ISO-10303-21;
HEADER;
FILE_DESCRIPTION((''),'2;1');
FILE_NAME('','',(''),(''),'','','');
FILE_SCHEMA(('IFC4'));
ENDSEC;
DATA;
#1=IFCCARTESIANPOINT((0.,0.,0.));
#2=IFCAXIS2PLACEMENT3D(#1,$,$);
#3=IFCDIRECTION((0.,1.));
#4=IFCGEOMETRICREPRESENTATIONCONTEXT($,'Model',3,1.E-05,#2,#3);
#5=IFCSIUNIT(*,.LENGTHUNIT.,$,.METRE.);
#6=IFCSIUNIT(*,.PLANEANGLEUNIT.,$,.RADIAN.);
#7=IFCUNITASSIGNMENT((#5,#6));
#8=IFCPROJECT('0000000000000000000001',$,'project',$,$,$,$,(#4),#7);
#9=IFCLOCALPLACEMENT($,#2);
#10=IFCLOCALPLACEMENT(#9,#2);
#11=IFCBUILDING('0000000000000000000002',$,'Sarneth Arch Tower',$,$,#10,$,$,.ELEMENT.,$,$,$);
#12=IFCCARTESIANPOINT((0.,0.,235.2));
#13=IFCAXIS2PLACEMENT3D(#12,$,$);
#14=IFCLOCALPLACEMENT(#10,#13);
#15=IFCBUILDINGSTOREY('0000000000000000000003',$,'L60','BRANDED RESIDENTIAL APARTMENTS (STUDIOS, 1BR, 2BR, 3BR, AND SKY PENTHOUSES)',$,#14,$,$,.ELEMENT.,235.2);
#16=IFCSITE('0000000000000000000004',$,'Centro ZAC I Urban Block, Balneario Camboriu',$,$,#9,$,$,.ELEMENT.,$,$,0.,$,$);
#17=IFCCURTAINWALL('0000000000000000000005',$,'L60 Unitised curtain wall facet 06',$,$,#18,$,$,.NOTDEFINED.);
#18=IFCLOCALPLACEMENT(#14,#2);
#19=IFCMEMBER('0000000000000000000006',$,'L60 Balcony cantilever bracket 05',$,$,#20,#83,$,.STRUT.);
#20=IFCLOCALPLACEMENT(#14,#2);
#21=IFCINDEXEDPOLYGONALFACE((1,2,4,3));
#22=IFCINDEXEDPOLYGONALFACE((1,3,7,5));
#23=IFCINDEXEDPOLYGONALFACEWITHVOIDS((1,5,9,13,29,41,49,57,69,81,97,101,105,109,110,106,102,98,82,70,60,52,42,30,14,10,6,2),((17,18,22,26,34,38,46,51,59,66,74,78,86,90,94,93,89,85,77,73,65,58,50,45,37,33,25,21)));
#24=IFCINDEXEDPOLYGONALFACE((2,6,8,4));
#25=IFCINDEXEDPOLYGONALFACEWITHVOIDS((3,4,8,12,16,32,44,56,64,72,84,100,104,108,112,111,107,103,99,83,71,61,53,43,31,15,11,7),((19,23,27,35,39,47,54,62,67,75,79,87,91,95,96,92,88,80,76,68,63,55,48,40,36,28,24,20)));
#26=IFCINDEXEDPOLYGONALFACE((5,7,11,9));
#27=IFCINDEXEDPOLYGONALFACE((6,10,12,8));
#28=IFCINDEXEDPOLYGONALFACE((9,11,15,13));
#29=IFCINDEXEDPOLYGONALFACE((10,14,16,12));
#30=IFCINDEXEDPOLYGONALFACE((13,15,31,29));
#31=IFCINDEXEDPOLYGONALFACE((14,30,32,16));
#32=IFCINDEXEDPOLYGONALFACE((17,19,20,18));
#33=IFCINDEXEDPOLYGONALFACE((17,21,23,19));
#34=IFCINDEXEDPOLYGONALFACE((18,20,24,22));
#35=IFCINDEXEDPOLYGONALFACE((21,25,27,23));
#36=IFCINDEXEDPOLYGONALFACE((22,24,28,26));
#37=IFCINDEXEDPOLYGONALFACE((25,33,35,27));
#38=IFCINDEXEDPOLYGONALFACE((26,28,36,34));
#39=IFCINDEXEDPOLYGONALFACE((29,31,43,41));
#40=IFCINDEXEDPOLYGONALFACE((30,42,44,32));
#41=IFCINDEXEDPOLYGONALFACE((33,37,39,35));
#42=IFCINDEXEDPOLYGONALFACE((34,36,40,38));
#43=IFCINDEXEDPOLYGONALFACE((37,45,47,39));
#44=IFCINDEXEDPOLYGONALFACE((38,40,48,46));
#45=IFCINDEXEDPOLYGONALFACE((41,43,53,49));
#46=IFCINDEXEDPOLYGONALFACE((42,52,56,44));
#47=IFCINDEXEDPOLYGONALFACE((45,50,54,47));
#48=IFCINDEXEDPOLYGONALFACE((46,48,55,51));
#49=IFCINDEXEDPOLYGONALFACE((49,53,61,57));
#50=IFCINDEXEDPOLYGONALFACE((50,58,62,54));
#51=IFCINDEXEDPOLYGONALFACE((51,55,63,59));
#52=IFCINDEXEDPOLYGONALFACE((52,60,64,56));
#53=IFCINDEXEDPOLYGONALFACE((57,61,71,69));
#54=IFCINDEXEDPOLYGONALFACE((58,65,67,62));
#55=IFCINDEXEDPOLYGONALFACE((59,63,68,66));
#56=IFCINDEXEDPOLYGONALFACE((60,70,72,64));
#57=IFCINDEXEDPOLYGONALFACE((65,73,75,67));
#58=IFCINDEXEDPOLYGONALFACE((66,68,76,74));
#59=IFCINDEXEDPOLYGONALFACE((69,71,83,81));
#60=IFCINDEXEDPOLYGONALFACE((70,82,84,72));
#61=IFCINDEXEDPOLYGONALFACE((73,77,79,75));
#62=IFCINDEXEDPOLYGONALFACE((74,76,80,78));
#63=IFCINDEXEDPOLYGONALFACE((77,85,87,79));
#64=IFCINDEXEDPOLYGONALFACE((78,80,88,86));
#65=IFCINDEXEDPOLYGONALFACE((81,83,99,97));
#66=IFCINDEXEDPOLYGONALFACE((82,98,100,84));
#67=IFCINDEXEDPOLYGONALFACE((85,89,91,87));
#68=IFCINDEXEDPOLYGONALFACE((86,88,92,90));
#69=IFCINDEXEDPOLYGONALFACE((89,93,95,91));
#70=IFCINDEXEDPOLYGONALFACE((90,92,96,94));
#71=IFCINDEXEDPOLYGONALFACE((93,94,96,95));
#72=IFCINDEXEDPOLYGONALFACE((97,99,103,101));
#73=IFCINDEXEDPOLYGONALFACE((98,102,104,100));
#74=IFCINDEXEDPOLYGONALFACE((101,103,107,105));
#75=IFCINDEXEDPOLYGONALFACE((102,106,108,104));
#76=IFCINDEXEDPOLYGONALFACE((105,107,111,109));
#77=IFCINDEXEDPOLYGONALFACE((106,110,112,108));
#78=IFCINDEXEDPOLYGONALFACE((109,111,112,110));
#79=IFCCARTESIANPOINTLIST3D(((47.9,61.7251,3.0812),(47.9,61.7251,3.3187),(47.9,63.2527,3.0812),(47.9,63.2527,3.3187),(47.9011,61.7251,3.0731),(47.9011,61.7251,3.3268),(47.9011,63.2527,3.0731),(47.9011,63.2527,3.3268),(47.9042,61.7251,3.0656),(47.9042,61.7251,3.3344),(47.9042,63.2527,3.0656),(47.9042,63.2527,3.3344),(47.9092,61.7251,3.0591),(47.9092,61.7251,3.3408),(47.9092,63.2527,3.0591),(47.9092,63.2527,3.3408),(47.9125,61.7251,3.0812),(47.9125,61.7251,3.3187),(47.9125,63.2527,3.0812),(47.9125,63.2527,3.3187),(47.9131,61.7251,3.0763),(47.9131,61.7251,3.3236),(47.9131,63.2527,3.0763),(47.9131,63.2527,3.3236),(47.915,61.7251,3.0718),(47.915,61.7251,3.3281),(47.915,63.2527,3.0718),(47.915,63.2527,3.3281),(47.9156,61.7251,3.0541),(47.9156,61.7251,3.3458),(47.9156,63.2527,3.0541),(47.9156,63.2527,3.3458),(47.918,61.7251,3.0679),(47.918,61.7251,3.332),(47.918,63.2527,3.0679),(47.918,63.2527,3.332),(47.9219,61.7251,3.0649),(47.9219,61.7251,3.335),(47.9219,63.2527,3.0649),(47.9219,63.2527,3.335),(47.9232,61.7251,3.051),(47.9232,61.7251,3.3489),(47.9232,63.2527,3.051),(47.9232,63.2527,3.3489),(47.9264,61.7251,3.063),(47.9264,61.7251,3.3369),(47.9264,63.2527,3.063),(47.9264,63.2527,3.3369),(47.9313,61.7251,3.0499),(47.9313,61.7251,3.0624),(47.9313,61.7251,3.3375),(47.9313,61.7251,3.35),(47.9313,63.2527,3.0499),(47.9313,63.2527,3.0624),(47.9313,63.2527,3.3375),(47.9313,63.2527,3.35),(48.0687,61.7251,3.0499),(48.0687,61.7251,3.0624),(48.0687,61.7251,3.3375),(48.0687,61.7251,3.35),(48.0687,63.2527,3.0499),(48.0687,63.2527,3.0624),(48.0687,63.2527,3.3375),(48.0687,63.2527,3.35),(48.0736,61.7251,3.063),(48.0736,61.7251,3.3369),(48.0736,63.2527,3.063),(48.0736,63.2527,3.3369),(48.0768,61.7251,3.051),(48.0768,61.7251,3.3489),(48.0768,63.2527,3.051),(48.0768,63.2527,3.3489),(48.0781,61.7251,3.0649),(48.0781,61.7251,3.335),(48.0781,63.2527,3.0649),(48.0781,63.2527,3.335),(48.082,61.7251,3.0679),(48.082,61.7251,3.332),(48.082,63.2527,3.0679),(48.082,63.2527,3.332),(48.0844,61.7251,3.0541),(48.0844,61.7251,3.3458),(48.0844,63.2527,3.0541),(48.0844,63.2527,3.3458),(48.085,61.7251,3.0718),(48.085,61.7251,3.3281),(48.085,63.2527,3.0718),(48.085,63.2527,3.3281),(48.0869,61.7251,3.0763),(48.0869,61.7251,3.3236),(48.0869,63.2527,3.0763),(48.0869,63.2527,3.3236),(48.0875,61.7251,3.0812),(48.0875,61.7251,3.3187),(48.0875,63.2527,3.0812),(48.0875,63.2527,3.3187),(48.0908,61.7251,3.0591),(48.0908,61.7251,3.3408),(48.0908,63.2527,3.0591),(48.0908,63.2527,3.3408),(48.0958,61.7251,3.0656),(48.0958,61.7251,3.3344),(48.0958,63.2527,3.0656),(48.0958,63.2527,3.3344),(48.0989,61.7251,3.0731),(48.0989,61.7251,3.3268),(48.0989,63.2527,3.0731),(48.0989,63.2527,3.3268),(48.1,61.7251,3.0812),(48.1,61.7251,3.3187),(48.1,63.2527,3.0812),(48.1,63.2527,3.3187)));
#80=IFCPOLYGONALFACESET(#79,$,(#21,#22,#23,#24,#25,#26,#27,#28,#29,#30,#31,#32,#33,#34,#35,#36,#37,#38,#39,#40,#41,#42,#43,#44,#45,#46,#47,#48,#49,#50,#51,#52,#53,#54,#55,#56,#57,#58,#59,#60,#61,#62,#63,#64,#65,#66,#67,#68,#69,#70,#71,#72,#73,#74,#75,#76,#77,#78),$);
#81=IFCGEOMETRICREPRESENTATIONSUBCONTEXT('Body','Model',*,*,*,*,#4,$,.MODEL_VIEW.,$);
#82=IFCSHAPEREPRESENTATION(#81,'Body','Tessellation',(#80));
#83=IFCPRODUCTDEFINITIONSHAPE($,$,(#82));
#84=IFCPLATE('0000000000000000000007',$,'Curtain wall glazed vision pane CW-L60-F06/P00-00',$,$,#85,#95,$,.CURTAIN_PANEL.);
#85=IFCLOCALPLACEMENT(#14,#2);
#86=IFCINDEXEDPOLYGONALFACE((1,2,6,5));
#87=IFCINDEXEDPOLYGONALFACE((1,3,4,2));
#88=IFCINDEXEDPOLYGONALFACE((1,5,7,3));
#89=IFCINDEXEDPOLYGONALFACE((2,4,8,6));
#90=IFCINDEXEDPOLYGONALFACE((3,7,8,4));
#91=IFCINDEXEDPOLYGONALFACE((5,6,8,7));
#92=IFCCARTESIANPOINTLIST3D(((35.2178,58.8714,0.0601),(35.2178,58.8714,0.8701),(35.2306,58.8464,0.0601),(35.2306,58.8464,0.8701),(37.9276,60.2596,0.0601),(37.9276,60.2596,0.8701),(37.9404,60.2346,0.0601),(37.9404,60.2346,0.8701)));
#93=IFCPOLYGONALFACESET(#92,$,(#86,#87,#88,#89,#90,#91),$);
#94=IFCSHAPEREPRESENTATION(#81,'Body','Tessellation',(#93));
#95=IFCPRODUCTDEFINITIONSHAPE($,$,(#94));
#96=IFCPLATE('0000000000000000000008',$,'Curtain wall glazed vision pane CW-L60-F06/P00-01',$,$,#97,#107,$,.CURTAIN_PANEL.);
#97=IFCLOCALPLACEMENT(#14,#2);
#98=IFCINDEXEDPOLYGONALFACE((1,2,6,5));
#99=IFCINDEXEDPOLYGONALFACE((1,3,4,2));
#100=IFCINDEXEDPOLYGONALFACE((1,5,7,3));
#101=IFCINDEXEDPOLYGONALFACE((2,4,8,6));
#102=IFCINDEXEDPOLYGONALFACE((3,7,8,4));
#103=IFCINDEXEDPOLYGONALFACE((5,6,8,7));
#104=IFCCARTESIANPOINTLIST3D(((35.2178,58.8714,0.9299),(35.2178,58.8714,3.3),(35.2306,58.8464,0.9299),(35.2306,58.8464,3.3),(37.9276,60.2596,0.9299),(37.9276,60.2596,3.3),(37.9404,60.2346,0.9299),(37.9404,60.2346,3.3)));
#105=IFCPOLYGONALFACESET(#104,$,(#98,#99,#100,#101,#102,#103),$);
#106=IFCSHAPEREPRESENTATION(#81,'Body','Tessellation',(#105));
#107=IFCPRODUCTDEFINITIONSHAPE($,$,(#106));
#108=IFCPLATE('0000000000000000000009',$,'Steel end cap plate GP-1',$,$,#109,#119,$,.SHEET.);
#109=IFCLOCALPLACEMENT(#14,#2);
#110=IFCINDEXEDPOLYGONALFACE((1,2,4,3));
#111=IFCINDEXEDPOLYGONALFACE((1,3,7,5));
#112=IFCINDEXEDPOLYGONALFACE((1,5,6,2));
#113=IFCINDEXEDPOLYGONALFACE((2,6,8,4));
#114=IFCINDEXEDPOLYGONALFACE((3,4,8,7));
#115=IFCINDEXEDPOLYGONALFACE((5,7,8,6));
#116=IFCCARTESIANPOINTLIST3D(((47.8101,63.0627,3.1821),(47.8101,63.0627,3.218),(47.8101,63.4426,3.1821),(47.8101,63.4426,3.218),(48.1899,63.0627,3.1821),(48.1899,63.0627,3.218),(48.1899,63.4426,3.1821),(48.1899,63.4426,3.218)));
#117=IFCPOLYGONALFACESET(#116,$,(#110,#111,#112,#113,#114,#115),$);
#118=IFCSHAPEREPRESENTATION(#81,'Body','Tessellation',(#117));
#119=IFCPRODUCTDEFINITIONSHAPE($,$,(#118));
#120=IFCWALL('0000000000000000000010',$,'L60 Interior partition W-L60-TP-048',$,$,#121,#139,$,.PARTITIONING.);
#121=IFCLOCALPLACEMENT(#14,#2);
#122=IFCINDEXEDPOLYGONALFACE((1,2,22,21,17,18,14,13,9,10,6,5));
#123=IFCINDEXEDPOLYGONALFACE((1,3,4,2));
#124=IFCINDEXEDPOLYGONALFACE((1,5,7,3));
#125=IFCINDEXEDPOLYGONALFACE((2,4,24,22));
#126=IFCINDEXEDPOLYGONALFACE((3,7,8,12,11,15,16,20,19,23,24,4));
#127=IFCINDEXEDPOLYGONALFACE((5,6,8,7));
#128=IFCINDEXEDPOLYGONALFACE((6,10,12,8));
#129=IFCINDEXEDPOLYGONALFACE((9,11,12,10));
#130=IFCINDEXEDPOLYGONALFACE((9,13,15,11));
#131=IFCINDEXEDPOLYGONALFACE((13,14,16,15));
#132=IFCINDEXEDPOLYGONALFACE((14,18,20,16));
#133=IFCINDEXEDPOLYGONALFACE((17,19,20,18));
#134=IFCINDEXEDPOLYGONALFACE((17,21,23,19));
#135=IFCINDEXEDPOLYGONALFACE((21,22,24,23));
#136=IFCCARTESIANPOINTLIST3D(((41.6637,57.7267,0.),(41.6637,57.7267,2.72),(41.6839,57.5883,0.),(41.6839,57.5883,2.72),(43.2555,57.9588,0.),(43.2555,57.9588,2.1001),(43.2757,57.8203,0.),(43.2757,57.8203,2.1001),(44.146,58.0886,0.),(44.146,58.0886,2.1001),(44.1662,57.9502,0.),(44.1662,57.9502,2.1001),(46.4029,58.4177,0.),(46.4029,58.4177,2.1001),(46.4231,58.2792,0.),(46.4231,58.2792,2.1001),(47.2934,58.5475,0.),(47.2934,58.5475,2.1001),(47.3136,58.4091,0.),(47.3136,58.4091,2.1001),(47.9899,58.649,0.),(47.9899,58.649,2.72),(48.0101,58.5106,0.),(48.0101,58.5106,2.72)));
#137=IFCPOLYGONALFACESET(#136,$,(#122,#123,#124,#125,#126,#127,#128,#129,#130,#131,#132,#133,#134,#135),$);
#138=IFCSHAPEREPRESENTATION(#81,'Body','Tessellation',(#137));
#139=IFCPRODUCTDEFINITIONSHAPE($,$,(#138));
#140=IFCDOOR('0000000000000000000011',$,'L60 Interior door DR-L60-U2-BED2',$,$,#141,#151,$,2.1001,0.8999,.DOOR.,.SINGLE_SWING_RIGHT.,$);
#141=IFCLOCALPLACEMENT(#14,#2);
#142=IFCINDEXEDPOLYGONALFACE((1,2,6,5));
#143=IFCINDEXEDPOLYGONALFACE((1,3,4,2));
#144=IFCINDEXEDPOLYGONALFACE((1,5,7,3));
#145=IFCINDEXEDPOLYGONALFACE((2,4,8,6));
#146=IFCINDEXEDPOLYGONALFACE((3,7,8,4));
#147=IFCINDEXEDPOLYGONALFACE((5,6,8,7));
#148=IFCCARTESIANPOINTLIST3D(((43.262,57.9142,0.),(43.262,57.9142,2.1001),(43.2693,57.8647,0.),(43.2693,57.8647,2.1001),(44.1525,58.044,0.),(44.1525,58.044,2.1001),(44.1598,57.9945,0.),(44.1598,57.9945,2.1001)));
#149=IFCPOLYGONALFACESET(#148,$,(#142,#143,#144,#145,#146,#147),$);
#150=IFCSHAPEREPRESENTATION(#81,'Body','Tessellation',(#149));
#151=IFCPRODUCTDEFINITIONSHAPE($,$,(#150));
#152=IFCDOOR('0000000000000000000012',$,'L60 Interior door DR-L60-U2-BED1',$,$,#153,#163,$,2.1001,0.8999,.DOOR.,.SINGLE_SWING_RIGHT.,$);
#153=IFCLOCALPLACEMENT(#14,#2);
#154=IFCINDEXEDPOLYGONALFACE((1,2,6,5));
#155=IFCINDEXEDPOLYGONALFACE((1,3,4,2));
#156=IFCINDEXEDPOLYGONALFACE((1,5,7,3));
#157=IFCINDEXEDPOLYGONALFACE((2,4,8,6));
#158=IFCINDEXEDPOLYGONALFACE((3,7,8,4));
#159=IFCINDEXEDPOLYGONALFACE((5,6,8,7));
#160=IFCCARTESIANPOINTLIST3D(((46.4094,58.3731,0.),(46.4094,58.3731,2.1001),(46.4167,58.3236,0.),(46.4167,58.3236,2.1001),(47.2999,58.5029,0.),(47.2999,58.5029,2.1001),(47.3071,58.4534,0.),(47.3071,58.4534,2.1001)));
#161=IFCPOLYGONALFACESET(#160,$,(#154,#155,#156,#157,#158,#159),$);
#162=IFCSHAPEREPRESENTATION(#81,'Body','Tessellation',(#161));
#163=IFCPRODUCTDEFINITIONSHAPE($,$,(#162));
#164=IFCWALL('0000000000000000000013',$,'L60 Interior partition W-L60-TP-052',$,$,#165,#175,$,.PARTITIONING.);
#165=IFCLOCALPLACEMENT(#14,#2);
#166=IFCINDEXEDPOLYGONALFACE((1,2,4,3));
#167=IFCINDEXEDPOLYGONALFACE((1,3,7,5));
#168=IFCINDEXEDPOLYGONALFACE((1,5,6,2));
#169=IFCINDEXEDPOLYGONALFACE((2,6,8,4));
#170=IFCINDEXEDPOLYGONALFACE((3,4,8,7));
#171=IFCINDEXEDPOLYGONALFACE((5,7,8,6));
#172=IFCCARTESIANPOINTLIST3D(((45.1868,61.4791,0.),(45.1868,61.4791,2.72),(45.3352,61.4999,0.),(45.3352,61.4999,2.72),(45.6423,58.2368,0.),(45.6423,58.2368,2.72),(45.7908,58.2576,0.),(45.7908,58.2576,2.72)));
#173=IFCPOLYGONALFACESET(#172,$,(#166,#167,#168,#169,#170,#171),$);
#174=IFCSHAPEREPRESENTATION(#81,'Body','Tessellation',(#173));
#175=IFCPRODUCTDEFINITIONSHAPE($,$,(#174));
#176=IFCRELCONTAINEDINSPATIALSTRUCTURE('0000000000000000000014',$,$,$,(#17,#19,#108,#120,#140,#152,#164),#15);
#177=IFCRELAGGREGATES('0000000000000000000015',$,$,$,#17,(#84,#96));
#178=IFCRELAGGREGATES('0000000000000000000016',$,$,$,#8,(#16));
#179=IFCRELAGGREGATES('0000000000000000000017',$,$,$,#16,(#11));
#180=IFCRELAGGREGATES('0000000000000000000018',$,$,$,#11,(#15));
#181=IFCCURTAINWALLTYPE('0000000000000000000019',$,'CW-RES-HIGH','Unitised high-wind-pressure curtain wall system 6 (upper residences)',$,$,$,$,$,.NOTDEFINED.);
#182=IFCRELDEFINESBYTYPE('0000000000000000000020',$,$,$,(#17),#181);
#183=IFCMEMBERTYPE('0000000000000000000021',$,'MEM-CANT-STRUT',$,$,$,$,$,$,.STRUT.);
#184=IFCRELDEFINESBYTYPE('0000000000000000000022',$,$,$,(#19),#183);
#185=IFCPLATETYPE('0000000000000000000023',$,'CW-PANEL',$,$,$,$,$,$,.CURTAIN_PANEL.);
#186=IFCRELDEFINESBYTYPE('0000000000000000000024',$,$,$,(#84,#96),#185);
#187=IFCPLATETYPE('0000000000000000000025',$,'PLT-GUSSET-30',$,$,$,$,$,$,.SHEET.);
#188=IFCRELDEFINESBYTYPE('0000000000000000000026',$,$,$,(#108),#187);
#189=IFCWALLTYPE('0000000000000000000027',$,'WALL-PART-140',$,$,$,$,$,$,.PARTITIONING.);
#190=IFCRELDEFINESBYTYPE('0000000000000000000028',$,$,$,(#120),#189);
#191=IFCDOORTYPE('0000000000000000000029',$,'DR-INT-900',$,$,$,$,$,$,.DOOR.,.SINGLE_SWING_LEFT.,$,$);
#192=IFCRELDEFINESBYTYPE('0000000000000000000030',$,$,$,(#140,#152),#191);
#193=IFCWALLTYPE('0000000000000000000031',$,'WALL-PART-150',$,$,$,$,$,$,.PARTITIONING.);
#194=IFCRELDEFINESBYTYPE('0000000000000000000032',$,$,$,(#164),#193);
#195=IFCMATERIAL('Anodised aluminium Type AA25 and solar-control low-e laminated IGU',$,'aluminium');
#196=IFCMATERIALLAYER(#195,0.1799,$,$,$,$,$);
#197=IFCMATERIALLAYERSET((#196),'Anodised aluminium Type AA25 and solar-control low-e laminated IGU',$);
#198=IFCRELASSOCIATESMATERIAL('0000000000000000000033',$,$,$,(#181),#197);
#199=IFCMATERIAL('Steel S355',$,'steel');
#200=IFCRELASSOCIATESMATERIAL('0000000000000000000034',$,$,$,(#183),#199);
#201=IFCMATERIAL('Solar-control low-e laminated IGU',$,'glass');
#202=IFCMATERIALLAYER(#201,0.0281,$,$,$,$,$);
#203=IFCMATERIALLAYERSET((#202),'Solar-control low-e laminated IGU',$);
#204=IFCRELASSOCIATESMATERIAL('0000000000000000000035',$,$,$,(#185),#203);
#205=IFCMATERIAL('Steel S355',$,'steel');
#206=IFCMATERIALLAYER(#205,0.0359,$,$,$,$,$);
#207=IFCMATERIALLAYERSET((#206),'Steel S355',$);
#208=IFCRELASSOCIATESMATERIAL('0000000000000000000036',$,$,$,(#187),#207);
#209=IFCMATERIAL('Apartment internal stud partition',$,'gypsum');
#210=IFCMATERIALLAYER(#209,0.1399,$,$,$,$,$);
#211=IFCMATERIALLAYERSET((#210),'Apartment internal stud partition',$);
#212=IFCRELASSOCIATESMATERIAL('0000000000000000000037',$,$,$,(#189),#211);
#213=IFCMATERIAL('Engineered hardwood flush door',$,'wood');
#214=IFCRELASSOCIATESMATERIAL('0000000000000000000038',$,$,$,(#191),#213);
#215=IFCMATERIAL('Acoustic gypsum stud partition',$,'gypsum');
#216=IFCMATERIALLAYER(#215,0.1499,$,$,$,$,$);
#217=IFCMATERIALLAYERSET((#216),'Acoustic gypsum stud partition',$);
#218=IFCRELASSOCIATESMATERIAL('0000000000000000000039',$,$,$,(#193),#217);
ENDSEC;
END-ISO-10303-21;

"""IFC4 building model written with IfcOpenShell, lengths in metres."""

from ifc_helpers import new_model, si_unit, direction, frame, frame_2d, origin, origin_2d, place, context, subcontext, project, spatial, rectangle, hollow_rectangle, extrude, material, layer, layer_set, material_profile, profile_set, type_object, element, fill, aggregate, save


model = new_model("IFC4")

# Units and contexts
model_context = context("Model", 3, precision=1e-05, world=origin(), true_north=direction((0.0, 1.0)))
body_context = subcontext(model_context, "Body", "Model", "MODEL_VIEW")
ifc_project = project(units=[si_unit("LENGTHUNIT", "METRE"), si_unit("PLANEANGLEUNIT", "RADIAN")], contexts=[model_context])

# Site, building, storey
site_placement = place(None, origin())
site = spatial("IfcSite", under=ifc_project, at=site_placement, Name="Centro ZAC I Urban Block, Balneario Camboriu", CompositionType="ELEMENT", RefElevation=0.0)
building_placement = place(site_placement, origin())
building = spatial("IfcBuilding", under=site, at=building_placement, Name="Sarneth Arch Tower", CompositionType="ELEMENT")
storey_placement = place(building_placement, frame((0.0, 0.0, 235.2)))
storey = spatial("IfcBuildingStorey", under=building, at=storey_placement, Name="L60", Description="BRANDED RESIDENTIAL APARTMENTS (STUDIOS, 1BR, 2BR, 3BR, AND SKY PENTHOUSES)", CompositionType="ELEMENT", Elevation=235.2)

# Curtain wall
ifc_material_1 = material(Name="Anodised aluminium Type AA25 and solar-control low-e laminated IGU", Category="aluminium")
ifc_layer_1 = layer(ifc_material_1, 0.1799)
ifc_layer_set_1 = layer_set([ifc_layer_1], Name="Anodised aluminium Type AA25 and solar-control low-e laminated IGU")
curtain_wall_type = type_object("IfcCurtainWallType", Name="CW-RES-HIGH", Description="Unitised high-wind-pressure curtain wall system 6 (upper residences)", PredefinedType="NOTDEFINED", material=ifc_layer_set_1)
curtain_wall_placement = place(storey_placement, origin())
curtain_wall = element("IfcCurtainWall", 1, at=curtain_wall_placement, inside=storey, type_object=curtain_wall_type, Name="L60 Unitised curtain wall facet 06", PredefinedType="NOTDEFINED")

# Member
ifc_material_2 = material(Name="Steel S355", Category="steel")
ifc_material_profile_1 = material_profile(ifc_material_2, hollow_rectangle(XDim=0.2, YDim=0.3, WallThickness=0.0125, InnerFilletRadius=0.0188, OuterFilletRadius=0.0312, at=origin_2d()), Name="RHS300x200x12.5")
ifc_profile_set_1 = profile_set([ifc_material_profile_1], Name="Steel S355")
member_type_1 = type_object("IfcMemberType", Name="MEM-CANT-STRUT", PredefinedType="STRUT", material=ifc_profile_set_1)
member_1_placement = place(storey_placement, frame((48.0, 61.7251, 3.2), z_axis=(0.0, 1.0, 0.0), x_axis=(-1.0, 0.0, 0.0)))
element("IfcMember", 2, at=member_1_placement, inside=storey, type_object=member_type_1, Name="L60 Balcony cantilever bracket 05", PredefinedType="STRUT", context=body_context, shape_type="SweptSolid", body=[
    extrude(hollow_rectangle(XDim=0.2, YDim=0.3, WallThickness=0.0125, InnerFilletRadius=0.0188, OuterFilletRadius=0.0312, at=origin_2d()), origin(), (0.0, 0.0, 1.0), 1.5276),
])

# Plates
ifc_material_3 = material(Name="Solar-control low-e laminated IGU", Category="glass")
ifc_layer_2 = layer(ifc_material_3, 0.0281)
ifc_layer_set_2 = layer_set([ifc_layer_2], Name="Solar-control low-e laminated IGU")
plate_type_1 = type_object("IfcPlateType", Name="CW-PANEL", PredefinedType="CURTAIN_PANEL", material=ifc_layer_set_2)
plate_1_placement = place(storey_placement, frame((36.5791, 59.553, 0.0601), z_axis=(0.0, 0.0, 1.0), x_axis=(-0.89001, -0.455942, 0.0)))
plate_1 = element("IfcPlate", 3, at=plate_1_placement, type_object=plate_type_1, Name="Curtain wall glazed vision pane CW-L60-F06/P00-00", PredefinedType="CURTAIN_PANEL", context=body_context, shape_type="SweptSolid", body=[
    extrude(rectangle(XDim=3.0447, YDim=0.0281, at=origin_2d()), origin(), (0.0, 0.0, 1.0), 0.8101),
])
plate_2_placement = place(storey_placement, frame((36.5791, 59.553, 0.9299), z_axis=(0.0, 0.0, 1.0), x_axis=(-0.89001, -0.455942, 0.0)))
plate_2 = element("IfcPlate", 4, at=plate_2_placement, type_object=plate_type_1, Name="Curtain wall glazed vision pane CW-L60-F06/P00-01", PredefinedType="CURTAIN_PANEL", context=body_context, shape_type="SweptSolid", body=[
    extrude(rectangle(XDim=3.0447, YDim=0.0281, at=origin_2d()), origin(), (0.0, 0.0, 1.0), 2.3701),
])
aggregate(curtain_wall, [plate_1, plate_2])
ifc_material_4 = material(Name="Steel S355", Category="steel")
ifc_layer_3 = layer(ifc_material_4, 0.0359)
ifc_layer_set_3 = layer_set([ifc_layer_3], Name="Steel S355")
plate_type_2 = type_object("IfcPlateType", Name="PLT-GUSSET-30", PredefinedType="SHEET", material=ifc_layer_set_3)
plate_3_placement = place(storey_placement, frame((48.0, 63.2527, 3.1821), z_axis=(0.0, 0.0, 1.0), x_axis=(0.0, 1.0, 0.0)))
element("IfcPlate", 5, at=plate_3_placement, inside=storey, type_object=plate_type_2, Name="Steel end cap plate GP-1", PredefinedType="SHEET", context=body_context, shape_type="SweptSolid", body=[
    extrude(rectangle(XDim=0.3799, YDim=0.3799, at=origin_2d()), origin(), (0.0, 0.0, 1.0), 0.0359),
])

# Wall, openings, doors
ifc_material_5 = material(Name="Apartment internal stud partition", Category="gypsum")
ifc_layer_4 = layer(ifc_material_5, 0.1399)
ifc_layer_set_4 = layer_set([ifc_layer_4], Name="Apartment internal stud partition")
wall_type_1 = type_object("IfcWallType", Name="WALL-PART-140", PredefinedType="PARTITIONING", material=ifc_layer_set_4)
wall_1_placement = place(storey_placement, frame((41.6738, 57.6575, 0.0), z_axis=(0.0, 0.0, 1.0), x_axis=(0.989538, 0.144276, 0.0)))
wall_1 = element("IfcWall", 6, at=wall_1_placement, inside=storey, type_object=wall_type_1, Name="L60 Interior partition W-L60-TP-048", PredefinedType="PARTITIONING", context=body_context, shape_type="SweptSolid", body=[
    extrude(rectangle(XDim=6.3931, YDim=0.1399, at=frame_2d((3.1965, 0.0))), origin(), (0.0, 0.0, 1.0), 2.72),
])
opening_1_placement = place(wall_1_placement, frame((1.6086, 0.0, 0.0)))
opening_1 = element("IfcOpeningElement", 7, at=opening_1_placement, cuts=wall_1, PredefinedType="OPENING", context=body_context, shape_type="SweptSolid", body=[
    extrude(rectangle(XDim=0.8999, YDim=2.1001, at=frame_2d((0.45, 1.05))), frame((0.0, 0.0798, 0.0), z_axis=(0.0, -1.0, 0.0), x_axis=(1.0, 0.0, 0.0)), (0.0, 0.0, 1.0), 0.1599),
])
opening_2_placement = place(wall_1_placement, frame((4.7893, 0.0, 0.0)))
opening_2 = element("IfcOpeningElement", 8, at=opening_2_placement, cuts=wall_1, PredefinedType="OPENING", context=body_context, shape_type="SweptSolid", body=[
    extrude(rectangle(XDim=0.8999, YDim=2.1001, at=frame_2d((0.45, 1.05))), frame((0.0, 0.0798, 0.0), z_axis=(0.0, -1.0, 0.0), x_axis=(1.0, 0.0, 0.0)), (0.0, 0.0, 1.0), 0.1599),
])
ifc_material_6 = material(Name="Engineered hardwood flush door", Category="wood")
door_type = type_object("IfcDoorType", Name="DR-INT-900", OperationType="SINGLE_SWING_LEFT", PredefinedType="DOOR", material=ifc_material_6)
door_1_placement = place(opening_1_placement, origin())
door_1 = element("IfcDoor", 9, at=door_1_placement, inside=storey, type_object=door_type, Name="L60 Interior door DR-L60-U2-BED2", OperationType="SINGLE_SWING_RIGHT", OverallHeight=2.1001, OverallWidth=0.8999, PredefinedType="DOOR", context=body_context, shape_type="SweptSolid", body=[
    extrude(rectangle(XDim=0.8999, YDim=2.1001, at=frame_2d((0.45, 1.05))), frame((0.0, 0.0249, 0.0), z_axis=(0.0, -1.0, 0.0), x_axis=(1.0, 0.0, 0.0)), (0.0, 0.0, 1.0), 0.05),
])
fill(opening_1, door_1)
door_2_placement = place(opening_2_placement, origin())
door_2 = element("IfcDoor", 10, at=door_2_placement, inside=storey, type_object=door_type, Name="L60 Interior door DR-L60-U2-BED1", OperationType="SINGLE_SWING_RIGHT", OverallHeight=2.1001, OverallWidth=0.8999, PredefinedType="DOOR", context=body_context, shape_type="SweptSolid", body=[
    extrude(rectangle(XDim=0.8999, YDim=2.1001, at=frame_2d((0.45, 1.05))), frame((0.0, 0.0249, 0.0), z_axis=(0.0, -1.0, 0.0), x_axis=(1.0, 0.0, 0.0)), (0.0, 0.0, 1.0), 0.05),
])
fill(opening_2, door_2)

# Wall
ifc_material_7 = material(Name="Acoustic gypsum stud partition", Category="gypsum")
ifc_layer_5 = layer(ifc_material_7, 0.1499)
ifc_layer_set_5 = layer_set([ifc_layer_5], Name="Acoustic gypsum stud partition")
wall_type_2 = type_object("IfcWallType", Name="WALL-PART-150", PredefinedType="PARTITIONING", material=ifc_layer_set_5)
wall_2_placement = place(storey_placement, frame((45.7166, 58.2471, 0.0), z_axis=(0.0, 0.0, 1.0), x_axis=(-0.139135, 0.990273, 0.0)))
element("IfcWall", 11, at=wall_2_placement, inside=storey, type_object=wall_type_2, Name="L60 Interior partition W-L60-TP-052", PredefinedType="PARTITIONING", context=body_context, shape_type="SweptSolid", body=[
    extrude(rectangle(XDim=3.2742, YDim=0.1499, at=frame_2d((1.6372, 0.0))), origin(), (0.0, 0.0, 1.0), 2.72),
])

save(model, "model.ifc")
